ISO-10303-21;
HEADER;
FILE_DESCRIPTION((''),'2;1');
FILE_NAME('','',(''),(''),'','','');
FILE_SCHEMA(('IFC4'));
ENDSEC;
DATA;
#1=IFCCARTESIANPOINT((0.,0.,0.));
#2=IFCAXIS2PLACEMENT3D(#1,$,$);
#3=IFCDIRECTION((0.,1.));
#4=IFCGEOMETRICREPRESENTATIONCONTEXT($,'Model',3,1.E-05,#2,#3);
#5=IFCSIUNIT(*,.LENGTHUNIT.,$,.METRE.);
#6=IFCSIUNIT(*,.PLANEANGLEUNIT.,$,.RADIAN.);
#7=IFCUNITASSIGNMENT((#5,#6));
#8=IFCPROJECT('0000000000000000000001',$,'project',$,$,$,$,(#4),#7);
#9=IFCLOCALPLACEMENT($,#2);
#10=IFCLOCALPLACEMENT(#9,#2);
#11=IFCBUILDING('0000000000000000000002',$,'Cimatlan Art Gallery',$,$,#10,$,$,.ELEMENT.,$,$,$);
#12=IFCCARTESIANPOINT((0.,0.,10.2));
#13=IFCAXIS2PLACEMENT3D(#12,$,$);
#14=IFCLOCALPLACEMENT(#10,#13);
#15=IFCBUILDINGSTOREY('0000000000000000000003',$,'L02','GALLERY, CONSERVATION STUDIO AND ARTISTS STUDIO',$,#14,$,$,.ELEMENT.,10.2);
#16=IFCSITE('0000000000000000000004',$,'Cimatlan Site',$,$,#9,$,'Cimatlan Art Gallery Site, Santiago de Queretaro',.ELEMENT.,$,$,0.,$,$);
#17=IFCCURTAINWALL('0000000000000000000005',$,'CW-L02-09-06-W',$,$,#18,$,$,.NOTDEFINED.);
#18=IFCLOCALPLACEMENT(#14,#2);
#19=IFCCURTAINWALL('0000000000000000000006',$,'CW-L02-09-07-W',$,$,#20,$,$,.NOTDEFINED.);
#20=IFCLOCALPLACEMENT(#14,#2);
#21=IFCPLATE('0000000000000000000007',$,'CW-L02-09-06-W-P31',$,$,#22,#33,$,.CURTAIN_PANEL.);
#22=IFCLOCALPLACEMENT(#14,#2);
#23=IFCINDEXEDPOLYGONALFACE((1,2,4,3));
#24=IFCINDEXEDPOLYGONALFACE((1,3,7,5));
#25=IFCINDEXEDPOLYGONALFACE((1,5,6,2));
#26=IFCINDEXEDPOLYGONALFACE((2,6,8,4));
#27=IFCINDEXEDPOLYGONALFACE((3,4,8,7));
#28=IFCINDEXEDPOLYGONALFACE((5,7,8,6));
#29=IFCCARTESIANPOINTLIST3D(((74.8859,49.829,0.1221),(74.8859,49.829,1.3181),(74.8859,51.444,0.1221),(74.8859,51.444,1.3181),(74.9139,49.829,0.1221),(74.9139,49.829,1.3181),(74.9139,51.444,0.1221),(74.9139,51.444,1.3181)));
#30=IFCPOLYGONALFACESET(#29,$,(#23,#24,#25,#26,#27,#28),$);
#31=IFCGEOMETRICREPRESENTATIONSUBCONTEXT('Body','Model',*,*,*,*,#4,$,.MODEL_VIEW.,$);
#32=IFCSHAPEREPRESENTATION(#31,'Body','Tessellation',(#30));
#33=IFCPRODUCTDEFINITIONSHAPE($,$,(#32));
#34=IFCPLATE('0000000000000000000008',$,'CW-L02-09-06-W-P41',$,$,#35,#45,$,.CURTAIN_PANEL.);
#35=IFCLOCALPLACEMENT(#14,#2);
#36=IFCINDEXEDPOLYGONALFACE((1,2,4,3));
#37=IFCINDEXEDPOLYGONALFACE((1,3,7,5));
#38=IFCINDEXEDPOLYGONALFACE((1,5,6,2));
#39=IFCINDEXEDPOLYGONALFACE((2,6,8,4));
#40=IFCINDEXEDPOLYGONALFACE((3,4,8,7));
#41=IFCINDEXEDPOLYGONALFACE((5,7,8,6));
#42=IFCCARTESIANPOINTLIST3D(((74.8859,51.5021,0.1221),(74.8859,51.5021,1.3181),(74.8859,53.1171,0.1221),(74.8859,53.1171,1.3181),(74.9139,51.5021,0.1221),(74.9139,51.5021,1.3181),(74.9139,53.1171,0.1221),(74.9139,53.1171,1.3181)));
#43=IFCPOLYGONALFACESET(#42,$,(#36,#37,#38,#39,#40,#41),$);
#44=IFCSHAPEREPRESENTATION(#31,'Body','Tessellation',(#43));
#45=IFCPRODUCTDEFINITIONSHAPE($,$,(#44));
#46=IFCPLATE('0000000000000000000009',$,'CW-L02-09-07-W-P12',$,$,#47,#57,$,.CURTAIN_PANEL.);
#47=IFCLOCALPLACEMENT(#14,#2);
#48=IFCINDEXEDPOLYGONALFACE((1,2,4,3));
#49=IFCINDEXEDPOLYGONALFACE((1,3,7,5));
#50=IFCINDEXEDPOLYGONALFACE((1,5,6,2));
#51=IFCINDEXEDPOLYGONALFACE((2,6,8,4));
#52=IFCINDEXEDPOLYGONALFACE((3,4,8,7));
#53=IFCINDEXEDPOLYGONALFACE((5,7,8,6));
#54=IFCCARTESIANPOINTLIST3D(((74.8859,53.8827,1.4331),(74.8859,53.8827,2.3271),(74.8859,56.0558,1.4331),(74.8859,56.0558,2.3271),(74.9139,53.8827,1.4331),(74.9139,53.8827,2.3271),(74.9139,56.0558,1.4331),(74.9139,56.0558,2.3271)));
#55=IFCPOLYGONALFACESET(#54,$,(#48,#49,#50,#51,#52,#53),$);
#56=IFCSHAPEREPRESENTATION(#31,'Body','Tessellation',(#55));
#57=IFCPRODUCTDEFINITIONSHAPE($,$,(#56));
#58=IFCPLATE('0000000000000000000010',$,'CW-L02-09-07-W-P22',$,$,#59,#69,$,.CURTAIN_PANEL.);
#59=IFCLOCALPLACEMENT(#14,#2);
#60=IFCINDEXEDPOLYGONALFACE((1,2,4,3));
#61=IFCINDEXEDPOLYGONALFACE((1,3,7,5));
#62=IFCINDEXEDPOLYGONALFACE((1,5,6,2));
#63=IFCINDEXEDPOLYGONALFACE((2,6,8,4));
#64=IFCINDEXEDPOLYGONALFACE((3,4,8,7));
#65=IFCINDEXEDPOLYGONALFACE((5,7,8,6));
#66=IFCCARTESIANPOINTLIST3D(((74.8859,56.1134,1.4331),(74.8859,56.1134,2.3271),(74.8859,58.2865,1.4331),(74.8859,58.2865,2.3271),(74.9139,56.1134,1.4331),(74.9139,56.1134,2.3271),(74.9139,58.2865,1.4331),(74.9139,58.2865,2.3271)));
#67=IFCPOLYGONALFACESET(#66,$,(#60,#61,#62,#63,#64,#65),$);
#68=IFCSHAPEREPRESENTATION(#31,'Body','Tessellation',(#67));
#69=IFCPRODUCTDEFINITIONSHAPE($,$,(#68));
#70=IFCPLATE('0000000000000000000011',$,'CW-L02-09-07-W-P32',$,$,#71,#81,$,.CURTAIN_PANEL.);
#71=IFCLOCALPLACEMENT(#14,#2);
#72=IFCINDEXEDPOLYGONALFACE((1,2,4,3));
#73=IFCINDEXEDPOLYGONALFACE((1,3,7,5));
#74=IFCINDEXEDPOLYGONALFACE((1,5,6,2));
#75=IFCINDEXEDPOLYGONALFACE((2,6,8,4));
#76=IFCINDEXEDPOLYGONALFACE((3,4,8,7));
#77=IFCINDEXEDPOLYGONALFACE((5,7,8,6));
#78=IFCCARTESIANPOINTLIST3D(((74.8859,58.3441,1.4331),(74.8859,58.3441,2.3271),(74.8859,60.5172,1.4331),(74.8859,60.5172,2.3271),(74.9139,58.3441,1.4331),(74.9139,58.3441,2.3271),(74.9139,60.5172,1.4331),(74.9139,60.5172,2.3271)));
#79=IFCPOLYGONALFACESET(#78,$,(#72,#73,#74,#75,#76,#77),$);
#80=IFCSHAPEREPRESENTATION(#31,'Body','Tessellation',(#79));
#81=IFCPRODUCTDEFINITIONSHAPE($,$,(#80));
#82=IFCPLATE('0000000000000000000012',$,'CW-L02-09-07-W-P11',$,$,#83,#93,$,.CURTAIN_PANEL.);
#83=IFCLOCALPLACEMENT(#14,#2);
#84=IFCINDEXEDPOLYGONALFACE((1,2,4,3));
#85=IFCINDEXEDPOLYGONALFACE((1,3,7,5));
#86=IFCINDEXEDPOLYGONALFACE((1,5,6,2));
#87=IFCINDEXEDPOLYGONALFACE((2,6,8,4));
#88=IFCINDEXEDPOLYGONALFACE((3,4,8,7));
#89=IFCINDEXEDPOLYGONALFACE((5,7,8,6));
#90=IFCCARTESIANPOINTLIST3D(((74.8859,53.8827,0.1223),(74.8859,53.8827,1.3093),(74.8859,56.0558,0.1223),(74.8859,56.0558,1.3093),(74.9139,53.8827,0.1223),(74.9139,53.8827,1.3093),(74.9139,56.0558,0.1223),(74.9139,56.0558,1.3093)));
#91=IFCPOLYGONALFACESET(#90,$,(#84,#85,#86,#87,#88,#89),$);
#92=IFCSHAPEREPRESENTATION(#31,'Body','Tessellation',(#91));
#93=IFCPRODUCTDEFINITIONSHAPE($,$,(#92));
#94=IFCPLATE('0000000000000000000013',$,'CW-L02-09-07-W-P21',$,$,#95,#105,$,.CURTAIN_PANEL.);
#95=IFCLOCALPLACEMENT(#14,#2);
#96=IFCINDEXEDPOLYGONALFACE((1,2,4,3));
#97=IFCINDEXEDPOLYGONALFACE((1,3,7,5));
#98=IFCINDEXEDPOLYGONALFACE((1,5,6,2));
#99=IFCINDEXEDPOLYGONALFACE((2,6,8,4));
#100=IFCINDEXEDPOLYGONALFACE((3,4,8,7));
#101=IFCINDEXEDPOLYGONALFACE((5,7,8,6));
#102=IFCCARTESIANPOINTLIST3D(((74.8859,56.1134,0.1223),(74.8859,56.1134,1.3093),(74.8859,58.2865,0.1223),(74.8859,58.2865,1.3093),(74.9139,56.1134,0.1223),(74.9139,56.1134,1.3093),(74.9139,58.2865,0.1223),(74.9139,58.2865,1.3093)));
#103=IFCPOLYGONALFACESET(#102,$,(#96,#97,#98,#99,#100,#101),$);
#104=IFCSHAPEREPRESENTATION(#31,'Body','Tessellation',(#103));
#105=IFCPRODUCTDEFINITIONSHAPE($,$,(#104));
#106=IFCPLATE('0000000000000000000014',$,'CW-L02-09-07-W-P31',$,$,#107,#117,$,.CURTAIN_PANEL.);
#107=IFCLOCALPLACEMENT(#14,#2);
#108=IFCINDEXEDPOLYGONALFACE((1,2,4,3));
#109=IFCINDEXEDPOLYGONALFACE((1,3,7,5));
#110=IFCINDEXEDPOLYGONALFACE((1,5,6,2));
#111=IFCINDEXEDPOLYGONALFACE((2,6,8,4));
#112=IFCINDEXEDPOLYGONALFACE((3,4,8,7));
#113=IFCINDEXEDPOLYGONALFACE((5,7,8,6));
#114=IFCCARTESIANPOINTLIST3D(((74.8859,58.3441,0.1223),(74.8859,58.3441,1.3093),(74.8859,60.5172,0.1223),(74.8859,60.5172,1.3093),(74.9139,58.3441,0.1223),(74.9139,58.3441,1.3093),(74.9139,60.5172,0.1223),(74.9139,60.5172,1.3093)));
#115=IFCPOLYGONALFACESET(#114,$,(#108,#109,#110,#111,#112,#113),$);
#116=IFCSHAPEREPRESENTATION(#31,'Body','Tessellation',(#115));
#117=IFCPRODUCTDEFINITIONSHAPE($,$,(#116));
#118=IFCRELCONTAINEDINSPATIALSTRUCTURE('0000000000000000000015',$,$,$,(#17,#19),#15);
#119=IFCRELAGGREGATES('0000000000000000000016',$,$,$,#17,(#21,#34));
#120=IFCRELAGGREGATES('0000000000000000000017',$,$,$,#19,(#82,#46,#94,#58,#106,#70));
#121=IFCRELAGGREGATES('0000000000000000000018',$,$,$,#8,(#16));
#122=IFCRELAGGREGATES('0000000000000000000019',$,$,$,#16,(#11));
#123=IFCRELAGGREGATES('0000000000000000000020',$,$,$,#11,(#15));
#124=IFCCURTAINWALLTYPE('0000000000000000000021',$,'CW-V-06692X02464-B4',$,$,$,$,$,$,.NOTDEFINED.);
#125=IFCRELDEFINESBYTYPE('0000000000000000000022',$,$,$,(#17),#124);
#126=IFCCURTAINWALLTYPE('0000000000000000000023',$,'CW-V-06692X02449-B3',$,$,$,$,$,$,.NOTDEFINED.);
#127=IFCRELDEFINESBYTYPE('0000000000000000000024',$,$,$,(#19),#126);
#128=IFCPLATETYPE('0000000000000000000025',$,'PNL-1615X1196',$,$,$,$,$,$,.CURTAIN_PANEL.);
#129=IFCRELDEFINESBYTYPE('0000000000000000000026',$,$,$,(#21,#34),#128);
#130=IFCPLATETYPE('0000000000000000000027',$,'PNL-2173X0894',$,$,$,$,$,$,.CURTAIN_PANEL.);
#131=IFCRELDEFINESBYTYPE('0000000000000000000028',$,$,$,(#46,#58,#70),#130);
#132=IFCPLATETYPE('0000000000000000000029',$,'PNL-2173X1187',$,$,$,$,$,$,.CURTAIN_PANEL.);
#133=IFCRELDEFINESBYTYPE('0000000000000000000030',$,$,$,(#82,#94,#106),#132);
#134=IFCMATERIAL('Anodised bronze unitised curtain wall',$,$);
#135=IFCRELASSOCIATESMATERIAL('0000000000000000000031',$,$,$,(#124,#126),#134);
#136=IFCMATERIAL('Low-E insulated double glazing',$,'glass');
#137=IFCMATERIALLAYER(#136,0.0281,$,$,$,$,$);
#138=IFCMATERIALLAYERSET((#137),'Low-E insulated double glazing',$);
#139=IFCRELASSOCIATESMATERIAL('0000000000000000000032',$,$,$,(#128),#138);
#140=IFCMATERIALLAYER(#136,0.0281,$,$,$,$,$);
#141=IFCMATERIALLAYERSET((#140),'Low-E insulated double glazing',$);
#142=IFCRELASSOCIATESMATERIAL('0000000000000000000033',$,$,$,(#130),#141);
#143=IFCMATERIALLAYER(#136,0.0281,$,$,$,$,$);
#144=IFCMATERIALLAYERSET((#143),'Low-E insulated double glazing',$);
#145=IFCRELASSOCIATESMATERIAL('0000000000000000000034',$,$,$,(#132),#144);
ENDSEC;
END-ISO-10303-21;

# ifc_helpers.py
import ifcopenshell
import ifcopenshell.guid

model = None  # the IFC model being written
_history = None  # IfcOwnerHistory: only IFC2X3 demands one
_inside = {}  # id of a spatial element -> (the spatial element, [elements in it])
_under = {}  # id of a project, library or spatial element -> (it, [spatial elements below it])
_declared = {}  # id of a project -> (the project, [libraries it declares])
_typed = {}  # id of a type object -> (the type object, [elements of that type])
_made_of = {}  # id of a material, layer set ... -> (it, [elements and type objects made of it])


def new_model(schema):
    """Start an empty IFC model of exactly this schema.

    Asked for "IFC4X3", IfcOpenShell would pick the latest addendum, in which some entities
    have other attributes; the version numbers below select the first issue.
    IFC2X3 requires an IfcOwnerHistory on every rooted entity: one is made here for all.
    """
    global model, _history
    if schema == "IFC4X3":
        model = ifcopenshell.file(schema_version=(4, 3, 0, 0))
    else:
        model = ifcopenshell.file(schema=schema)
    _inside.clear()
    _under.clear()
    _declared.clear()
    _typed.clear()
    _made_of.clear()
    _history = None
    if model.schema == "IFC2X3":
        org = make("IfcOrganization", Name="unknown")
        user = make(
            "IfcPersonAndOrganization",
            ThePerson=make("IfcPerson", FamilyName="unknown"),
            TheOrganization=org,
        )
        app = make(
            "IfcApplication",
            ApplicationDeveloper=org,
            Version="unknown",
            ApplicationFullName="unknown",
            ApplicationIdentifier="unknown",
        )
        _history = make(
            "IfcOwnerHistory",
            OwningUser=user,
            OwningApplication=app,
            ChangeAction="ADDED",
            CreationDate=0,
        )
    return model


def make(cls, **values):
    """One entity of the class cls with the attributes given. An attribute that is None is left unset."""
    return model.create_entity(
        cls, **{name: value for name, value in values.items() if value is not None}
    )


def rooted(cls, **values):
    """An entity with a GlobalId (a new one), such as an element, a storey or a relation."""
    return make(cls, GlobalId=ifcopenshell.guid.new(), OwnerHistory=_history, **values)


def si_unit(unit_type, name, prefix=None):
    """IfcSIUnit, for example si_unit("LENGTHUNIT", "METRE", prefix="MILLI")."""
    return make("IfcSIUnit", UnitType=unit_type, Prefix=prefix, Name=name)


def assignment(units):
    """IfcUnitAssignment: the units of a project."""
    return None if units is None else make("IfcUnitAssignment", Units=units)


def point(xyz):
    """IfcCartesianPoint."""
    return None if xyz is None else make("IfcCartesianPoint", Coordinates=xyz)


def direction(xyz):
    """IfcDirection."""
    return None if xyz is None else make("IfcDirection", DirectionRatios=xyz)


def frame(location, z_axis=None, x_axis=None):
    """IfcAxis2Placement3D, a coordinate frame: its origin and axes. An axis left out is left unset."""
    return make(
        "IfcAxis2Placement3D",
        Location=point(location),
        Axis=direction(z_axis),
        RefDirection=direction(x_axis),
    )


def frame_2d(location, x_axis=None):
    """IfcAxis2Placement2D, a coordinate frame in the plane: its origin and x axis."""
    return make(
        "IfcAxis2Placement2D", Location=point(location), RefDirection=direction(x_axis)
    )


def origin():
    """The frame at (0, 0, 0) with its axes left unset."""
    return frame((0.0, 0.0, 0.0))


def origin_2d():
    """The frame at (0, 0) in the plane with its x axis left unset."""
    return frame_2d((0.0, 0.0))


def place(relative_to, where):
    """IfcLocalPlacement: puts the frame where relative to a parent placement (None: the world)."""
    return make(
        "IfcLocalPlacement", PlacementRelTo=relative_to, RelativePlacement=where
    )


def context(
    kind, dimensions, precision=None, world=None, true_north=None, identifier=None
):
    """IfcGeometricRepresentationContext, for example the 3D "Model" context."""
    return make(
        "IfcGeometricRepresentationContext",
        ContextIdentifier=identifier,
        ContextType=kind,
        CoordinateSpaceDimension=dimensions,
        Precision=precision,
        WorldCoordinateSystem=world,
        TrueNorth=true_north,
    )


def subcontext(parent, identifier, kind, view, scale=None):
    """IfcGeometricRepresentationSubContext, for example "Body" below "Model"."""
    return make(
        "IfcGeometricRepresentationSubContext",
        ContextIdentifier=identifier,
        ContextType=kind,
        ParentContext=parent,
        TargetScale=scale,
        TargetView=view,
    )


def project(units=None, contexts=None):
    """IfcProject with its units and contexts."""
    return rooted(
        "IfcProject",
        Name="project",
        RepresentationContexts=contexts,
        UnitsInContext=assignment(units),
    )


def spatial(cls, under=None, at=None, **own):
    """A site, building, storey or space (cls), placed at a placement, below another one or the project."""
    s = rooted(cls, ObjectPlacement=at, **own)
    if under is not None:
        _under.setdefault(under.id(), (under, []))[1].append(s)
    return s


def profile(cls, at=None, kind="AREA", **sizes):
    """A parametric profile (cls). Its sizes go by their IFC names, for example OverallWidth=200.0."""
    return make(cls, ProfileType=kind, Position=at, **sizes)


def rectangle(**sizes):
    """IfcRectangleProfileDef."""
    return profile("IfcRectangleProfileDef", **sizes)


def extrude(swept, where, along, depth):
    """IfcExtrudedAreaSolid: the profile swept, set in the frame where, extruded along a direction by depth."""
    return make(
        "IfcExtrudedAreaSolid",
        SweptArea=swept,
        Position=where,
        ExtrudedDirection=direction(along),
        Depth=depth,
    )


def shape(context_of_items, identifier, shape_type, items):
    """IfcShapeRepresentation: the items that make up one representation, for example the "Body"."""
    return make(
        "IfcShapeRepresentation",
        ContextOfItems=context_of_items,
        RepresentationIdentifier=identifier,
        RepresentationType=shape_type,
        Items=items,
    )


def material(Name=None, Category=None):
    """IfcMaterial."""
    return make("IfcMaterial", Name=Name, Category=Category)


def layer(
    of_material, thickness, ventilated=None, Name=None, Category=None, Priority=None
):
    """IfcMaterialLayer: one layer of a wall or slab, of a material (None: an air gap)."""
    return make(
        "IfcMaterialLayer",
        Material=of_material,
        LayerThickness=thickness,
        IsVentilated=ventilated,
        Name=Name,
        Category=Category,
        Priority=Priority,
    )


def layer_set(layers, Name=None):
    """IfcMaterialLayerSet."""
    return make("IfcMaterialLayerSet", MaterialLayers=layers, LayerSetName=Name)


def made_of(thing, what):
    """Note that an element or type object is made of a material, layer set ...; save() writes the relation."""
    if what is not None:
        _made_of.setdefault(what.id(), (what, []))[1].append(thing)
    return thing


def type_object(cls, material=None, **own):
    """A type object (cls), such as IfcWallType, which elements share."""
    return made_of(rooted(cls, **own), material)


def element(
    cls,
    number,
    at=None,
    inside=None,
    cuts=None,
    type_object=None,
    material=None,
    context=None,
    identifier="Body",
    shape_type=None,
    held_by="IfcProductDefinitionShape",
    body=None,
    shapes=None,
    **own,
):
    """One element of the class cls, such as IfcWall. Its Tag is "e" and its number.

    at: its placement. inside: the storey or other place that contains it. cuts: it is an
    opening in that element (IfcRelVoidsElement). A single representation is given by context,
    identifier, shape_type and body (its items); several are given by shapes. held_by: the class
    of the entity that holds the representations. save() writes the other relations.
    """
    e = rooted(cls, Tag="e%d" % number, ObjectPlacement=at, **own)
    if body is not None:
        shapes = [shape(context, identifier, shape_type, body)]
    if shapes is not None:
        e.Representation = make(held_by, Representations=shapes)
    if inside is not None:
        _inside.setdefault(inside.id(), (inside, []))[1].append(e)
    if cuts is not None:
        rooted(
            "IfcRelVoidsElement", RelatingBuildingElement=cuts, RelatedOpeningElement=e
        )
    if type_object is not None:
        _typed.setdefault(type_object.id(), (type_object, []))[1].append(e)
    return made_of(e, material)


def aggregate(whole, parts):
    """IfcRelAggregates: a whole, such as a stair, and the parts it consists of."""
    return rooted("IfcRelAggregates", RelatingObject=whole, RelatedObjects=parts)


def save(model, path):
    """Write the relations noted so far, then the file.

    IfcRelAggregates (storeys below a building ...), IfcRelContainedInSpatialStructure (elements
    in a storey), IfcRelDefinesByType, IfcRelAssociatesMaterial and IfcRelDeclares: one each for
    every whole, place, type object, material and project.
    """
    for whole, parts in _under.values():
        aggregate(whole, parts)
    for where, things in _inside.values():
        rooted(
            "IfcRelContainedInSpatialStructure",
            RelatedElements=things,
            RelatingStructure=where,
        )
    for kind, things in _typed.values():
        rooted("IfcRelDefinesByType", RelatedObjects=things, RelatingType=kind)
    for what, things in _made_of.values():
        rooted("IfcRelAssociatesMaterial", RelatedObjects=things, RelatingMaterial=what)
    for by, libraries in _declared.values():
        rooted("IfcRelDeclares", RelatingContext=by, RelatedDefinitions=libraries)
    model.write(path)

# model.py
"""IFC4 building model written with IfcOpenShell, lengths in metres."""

from ifc_helpers import new_model, si_unit, direction, frame, origin, origin_2d, place, context, subcontext, project, spatial, rectangle, extrude, material, layer, layer_set, type_object, element, aggregate, save


model = new_model("IFC4")

# Units and contexts
model_context = context("Model", 3, precision=1e-05, world=origin(), true_north=direction((0.0, 1.0)))
body_context = subcontext(model_context, "Body", "Model", "MODEL_VIEW")
ifc_project = project(units=[si_unit("LENGTHUNIT", "METRE"), si_unit("PLANEANGLEUNIT", "RADIAN")], contexts=[model_context])

# Site, building, storey
site_placement = place(None, origin())
site = spatial("IfcSite", under=ifc_project, at=site_placement, Name="Cimatlan Site", LongName="Cimatlan Art Gallery Site, Santiago de Queretaro", CompositionType="ELEMENT", RefElevation=0.0)
building_placement = place(site_placement, origin())
building = spatial("IfcBuilding", under=site, at=building_placement, Name="Cimatlan Art Gallery", CompositionType="ELEMENT")
storey_placement = place(building_placement, frame((0.0, 0.0, 10.2)))
storey = spatial("IfcBuildingStorey", under=building, at=storey_placement, Name="L02", Description="GALLERY, CONSERVATION STUDIO AND ARTISTS STUDIO", CompositionType="ELEMENT", Elevation=10.2)

# Curtain walls
ifc_material_1 = material(Name="Anodised bronze unitised curtain wall")
curtain_wall_type_1 = type_object("IfcCurtainWallType", Name="CW-V-06692X02464-B4", PredefinedType="NOTDEFINED", material=ifc_material_1)
curtain_wall_1_placement = place(storey_placement, origin())
curtain_wall_1 = element("IfcCurtainWall", 1, at=curtain_wall_1_placement, inside=storey, type_object=curtain_wall_type_1, Name="CW-L02-09-06-W", PredefinedType="NOTDEFINED")
curtain_wall_type_2 = type_object("IfcCurtainWallType", Name="CW-V-06692X02449-B3", PredefinedType="NOTDEFINED", material=ifc_material_1)
curtain_wall_2_placement = place(storey_placement, origin())
curtain_wall_2 = element("IfcCurtainWall", 2, at=curtain_wall_2_placement, inside=storey, type_object=curtain_wall_type_2, Name="CW-L02-09-07-W", PredefinedType="NOTDEFINED")

# Plates
ifc_material_2 = material(Name="Low-E insulated double glazing", Category="glass")
ifc_layer_1 = layer(ifc_material_2, 0.0281)
ifc_layer_set_1 = layer_set([ifc_layer_1], Name="Low-E insulated double glazing")
plate_type_1 = type_object("IfcPlateType", Name="PNL-1615X1196", PredefinedType="CURTAIN_PANEL", material=ifc_layer_set_1)
plate_1_placement = place(storey_placement, frame((74.8999, 50.6365, 0.1221), z_axis=(0.0, 0.0, 1.0), x_axis=(0.0, 1.0, 0.0)))
plate_1 = element("IfcPlate", 3, at=plate_1_placement, type_object=plate_type_1, Name="CW-L02-09-06-W-P31", PredefinedType="CURTAIN_PANEL", context=body_context, shape_type="SweptSolid", body=[
    extrude(rectangle(XDim=1.615, YDim=0.0281, at=origin_2d()), origin(), (0.0, 0.0, 1.0), 1.196),
])
plate_2_placement = place(storey_placement, frame((74.8999, 52.3096, 0.1221), z_axis=(0.0, 0.0, 1.0), x_axis=(0.0, 1.0, 0.0)))
plate_2 = element("IfcPlate", 4, at=plate_2_placement, type_object=plate_type_1, Name="CW-L02-09-06-W-P41", PredefinedType="CURTAIN_PANEL", context=body_context, shape_type="SweptSolid", body=[
    extrude(rectangle(XDim=1.615, YDim=0.0281, at=origin_2d()), origin(), (0.0, 0.0, 1.0), 1.196),
])
aggregate(curtain_wall_1, [plate_1, plate_2])
ifc_layer_2 = layer(ifc_material_2, 0.0281)
ifc_layer_set_2 = layer_set([ifc_layer_2], Name="Low-E insulated double glazing")
plate_type_2 = type_object("IfcPlateType", Name="PNL-2173X0894", PredefinedType="CURTAIN_PANEL", material=ifc_layer_set_2)
plate_3_placement = place(storey_placement, frame((74.8999, 54.9692, 1.4331), z_axis=(0.0, 0.0, 1.0), x_axis=(0.0, 1.0, 0.0)))
plate_3 = element("IfcPlate", 5, at=plate_3_placement, type_object=plate_type_2, Name="CW-L02-09-07-W-P12", PredefinedType="CURTAIN_PANEL", context=body_context, shape_type="SweptSolid", body=[
    extrude(rectangle(XDim=2.1731, YDim=0.0281, at=origin_2d()), origin(), (0.0, 0.0, 1.0), 0.894),
])
plate_4_placement = place(storey_placement, frame((74.8999, 57.2, 1.4331), z_axis=(0.0, 0.0, 1.0), x_axis=(0.0, 1.0, 0.0)))
plate_4 = element("IfcPlate", 6, at=plate_4_placement, type_object=plate_type_2, Name="CW-L02-09-07-W-P22", PredefinedType="CURTAIN_PANEL", context=body_context, shape_type="SweptSolid", body=[
    extrude(rectangle(XDim=2.1731, YDim=0.0281, at=origin_2d()), origin(), (0.0, 0.0, 1.0), 0.894),
])
plate_5_placement = place(storey_placement, frame((74.8999, 59.4307, 1.4331), z_axis=(0.0, 0.0, 1.0), x_axis=(0.0, 1.0, 0.0)))
plate_5 = element("IfcPlate", 7, at=plate_5_placement, type_object=plate_type_2, Name="CW-L02-09-07-W-P32", PredefinedType="CURTAIN_PANEL", context=body_context, shape_type="SweptSolid", body=[
    extrude(rectangle(XDim=2.1731, YDim=0.0281, at=origin_2d()), origin(), (0.0, 0.0, 1.0), 0.894),
])
ifc_layer_3 = layer(ifc_material_2, 0.0281)
ifc_layer_set_3 = layer_set([ifc_layer_3], Name="Low-E insulated double glazing")
plate_type_3 = type_object("IfcPlateType", Name="PNL-2173X1187", PredefinedType="CURTAIN_PANEL", material=ifc_layer_set_3)
plate_6_placement = place(storey_placement, frame((74.8999, 54.9692, 0.1223), z_axis=(0.0, 0.0, 1.0), x_axis=(0.0, 1.0, 0.0)))
plate_6 = element("IfcPlate", 8, at=plate_6_placement, type_object=plate_type_3, Name="CW-L02-09-07-W-P11", PredefinedType="CURTAIN_PANEL", context=body_context, shape_type="SweptSolid", body=[
    extrude(rectangle(XDim=2.1731, YDim=0.0281, at=origin_2d()), origin(), (0.0, 0.0, 1.0), 1.187),
])
plate_7_placement = place(storey_placement, frame((74.8999, 57.2, 0.1223), z_axis=(0.0, 0.0, 1.0), x_axis=(0.0, 1.0, 0.0)))
plate_7 = element("IfcPlate", 9, at=plate_7_placement, type_object=plate_type_3, Name="CW-L02-09-07-W-P21", PredefinedType="CURTAIN_PANEL", context=body_context, shape_type="SweptSolid", body=[
    extrude(rectangle(XDim=2.1731, YDim=0.0281, at=origin_2d()), origin(), (0.0, 0.0, 1.0), 1.187),
])
plate_8_placement = place(storey_placement, frame((74.8999, 59.4307, 0.1223), z_axis=(0.0, 0.0, 1.0), x_axis=(0.0, 1.0, 0.0)))
plate_8 = element("IfcPlate", 10, at=plate_8_placement, type_object=plate_type_3, Name="CW-L02-09-07-W-P31", PredefinedType="CURTAIN_PANEL", context=body_context, shape_type="SweptSolid", body=[
    extrude(rectangle(XDim=2.1731, YDim=0.0281, at=origin_2d()), origin(), (0.0, 0.0, 1.0), 1.187),
])
aggregate(curtain_wall_2, [plate_6, plate_3, plate_7, plate_4, plate_8, plate_5])

save(model, "model.ifc")
